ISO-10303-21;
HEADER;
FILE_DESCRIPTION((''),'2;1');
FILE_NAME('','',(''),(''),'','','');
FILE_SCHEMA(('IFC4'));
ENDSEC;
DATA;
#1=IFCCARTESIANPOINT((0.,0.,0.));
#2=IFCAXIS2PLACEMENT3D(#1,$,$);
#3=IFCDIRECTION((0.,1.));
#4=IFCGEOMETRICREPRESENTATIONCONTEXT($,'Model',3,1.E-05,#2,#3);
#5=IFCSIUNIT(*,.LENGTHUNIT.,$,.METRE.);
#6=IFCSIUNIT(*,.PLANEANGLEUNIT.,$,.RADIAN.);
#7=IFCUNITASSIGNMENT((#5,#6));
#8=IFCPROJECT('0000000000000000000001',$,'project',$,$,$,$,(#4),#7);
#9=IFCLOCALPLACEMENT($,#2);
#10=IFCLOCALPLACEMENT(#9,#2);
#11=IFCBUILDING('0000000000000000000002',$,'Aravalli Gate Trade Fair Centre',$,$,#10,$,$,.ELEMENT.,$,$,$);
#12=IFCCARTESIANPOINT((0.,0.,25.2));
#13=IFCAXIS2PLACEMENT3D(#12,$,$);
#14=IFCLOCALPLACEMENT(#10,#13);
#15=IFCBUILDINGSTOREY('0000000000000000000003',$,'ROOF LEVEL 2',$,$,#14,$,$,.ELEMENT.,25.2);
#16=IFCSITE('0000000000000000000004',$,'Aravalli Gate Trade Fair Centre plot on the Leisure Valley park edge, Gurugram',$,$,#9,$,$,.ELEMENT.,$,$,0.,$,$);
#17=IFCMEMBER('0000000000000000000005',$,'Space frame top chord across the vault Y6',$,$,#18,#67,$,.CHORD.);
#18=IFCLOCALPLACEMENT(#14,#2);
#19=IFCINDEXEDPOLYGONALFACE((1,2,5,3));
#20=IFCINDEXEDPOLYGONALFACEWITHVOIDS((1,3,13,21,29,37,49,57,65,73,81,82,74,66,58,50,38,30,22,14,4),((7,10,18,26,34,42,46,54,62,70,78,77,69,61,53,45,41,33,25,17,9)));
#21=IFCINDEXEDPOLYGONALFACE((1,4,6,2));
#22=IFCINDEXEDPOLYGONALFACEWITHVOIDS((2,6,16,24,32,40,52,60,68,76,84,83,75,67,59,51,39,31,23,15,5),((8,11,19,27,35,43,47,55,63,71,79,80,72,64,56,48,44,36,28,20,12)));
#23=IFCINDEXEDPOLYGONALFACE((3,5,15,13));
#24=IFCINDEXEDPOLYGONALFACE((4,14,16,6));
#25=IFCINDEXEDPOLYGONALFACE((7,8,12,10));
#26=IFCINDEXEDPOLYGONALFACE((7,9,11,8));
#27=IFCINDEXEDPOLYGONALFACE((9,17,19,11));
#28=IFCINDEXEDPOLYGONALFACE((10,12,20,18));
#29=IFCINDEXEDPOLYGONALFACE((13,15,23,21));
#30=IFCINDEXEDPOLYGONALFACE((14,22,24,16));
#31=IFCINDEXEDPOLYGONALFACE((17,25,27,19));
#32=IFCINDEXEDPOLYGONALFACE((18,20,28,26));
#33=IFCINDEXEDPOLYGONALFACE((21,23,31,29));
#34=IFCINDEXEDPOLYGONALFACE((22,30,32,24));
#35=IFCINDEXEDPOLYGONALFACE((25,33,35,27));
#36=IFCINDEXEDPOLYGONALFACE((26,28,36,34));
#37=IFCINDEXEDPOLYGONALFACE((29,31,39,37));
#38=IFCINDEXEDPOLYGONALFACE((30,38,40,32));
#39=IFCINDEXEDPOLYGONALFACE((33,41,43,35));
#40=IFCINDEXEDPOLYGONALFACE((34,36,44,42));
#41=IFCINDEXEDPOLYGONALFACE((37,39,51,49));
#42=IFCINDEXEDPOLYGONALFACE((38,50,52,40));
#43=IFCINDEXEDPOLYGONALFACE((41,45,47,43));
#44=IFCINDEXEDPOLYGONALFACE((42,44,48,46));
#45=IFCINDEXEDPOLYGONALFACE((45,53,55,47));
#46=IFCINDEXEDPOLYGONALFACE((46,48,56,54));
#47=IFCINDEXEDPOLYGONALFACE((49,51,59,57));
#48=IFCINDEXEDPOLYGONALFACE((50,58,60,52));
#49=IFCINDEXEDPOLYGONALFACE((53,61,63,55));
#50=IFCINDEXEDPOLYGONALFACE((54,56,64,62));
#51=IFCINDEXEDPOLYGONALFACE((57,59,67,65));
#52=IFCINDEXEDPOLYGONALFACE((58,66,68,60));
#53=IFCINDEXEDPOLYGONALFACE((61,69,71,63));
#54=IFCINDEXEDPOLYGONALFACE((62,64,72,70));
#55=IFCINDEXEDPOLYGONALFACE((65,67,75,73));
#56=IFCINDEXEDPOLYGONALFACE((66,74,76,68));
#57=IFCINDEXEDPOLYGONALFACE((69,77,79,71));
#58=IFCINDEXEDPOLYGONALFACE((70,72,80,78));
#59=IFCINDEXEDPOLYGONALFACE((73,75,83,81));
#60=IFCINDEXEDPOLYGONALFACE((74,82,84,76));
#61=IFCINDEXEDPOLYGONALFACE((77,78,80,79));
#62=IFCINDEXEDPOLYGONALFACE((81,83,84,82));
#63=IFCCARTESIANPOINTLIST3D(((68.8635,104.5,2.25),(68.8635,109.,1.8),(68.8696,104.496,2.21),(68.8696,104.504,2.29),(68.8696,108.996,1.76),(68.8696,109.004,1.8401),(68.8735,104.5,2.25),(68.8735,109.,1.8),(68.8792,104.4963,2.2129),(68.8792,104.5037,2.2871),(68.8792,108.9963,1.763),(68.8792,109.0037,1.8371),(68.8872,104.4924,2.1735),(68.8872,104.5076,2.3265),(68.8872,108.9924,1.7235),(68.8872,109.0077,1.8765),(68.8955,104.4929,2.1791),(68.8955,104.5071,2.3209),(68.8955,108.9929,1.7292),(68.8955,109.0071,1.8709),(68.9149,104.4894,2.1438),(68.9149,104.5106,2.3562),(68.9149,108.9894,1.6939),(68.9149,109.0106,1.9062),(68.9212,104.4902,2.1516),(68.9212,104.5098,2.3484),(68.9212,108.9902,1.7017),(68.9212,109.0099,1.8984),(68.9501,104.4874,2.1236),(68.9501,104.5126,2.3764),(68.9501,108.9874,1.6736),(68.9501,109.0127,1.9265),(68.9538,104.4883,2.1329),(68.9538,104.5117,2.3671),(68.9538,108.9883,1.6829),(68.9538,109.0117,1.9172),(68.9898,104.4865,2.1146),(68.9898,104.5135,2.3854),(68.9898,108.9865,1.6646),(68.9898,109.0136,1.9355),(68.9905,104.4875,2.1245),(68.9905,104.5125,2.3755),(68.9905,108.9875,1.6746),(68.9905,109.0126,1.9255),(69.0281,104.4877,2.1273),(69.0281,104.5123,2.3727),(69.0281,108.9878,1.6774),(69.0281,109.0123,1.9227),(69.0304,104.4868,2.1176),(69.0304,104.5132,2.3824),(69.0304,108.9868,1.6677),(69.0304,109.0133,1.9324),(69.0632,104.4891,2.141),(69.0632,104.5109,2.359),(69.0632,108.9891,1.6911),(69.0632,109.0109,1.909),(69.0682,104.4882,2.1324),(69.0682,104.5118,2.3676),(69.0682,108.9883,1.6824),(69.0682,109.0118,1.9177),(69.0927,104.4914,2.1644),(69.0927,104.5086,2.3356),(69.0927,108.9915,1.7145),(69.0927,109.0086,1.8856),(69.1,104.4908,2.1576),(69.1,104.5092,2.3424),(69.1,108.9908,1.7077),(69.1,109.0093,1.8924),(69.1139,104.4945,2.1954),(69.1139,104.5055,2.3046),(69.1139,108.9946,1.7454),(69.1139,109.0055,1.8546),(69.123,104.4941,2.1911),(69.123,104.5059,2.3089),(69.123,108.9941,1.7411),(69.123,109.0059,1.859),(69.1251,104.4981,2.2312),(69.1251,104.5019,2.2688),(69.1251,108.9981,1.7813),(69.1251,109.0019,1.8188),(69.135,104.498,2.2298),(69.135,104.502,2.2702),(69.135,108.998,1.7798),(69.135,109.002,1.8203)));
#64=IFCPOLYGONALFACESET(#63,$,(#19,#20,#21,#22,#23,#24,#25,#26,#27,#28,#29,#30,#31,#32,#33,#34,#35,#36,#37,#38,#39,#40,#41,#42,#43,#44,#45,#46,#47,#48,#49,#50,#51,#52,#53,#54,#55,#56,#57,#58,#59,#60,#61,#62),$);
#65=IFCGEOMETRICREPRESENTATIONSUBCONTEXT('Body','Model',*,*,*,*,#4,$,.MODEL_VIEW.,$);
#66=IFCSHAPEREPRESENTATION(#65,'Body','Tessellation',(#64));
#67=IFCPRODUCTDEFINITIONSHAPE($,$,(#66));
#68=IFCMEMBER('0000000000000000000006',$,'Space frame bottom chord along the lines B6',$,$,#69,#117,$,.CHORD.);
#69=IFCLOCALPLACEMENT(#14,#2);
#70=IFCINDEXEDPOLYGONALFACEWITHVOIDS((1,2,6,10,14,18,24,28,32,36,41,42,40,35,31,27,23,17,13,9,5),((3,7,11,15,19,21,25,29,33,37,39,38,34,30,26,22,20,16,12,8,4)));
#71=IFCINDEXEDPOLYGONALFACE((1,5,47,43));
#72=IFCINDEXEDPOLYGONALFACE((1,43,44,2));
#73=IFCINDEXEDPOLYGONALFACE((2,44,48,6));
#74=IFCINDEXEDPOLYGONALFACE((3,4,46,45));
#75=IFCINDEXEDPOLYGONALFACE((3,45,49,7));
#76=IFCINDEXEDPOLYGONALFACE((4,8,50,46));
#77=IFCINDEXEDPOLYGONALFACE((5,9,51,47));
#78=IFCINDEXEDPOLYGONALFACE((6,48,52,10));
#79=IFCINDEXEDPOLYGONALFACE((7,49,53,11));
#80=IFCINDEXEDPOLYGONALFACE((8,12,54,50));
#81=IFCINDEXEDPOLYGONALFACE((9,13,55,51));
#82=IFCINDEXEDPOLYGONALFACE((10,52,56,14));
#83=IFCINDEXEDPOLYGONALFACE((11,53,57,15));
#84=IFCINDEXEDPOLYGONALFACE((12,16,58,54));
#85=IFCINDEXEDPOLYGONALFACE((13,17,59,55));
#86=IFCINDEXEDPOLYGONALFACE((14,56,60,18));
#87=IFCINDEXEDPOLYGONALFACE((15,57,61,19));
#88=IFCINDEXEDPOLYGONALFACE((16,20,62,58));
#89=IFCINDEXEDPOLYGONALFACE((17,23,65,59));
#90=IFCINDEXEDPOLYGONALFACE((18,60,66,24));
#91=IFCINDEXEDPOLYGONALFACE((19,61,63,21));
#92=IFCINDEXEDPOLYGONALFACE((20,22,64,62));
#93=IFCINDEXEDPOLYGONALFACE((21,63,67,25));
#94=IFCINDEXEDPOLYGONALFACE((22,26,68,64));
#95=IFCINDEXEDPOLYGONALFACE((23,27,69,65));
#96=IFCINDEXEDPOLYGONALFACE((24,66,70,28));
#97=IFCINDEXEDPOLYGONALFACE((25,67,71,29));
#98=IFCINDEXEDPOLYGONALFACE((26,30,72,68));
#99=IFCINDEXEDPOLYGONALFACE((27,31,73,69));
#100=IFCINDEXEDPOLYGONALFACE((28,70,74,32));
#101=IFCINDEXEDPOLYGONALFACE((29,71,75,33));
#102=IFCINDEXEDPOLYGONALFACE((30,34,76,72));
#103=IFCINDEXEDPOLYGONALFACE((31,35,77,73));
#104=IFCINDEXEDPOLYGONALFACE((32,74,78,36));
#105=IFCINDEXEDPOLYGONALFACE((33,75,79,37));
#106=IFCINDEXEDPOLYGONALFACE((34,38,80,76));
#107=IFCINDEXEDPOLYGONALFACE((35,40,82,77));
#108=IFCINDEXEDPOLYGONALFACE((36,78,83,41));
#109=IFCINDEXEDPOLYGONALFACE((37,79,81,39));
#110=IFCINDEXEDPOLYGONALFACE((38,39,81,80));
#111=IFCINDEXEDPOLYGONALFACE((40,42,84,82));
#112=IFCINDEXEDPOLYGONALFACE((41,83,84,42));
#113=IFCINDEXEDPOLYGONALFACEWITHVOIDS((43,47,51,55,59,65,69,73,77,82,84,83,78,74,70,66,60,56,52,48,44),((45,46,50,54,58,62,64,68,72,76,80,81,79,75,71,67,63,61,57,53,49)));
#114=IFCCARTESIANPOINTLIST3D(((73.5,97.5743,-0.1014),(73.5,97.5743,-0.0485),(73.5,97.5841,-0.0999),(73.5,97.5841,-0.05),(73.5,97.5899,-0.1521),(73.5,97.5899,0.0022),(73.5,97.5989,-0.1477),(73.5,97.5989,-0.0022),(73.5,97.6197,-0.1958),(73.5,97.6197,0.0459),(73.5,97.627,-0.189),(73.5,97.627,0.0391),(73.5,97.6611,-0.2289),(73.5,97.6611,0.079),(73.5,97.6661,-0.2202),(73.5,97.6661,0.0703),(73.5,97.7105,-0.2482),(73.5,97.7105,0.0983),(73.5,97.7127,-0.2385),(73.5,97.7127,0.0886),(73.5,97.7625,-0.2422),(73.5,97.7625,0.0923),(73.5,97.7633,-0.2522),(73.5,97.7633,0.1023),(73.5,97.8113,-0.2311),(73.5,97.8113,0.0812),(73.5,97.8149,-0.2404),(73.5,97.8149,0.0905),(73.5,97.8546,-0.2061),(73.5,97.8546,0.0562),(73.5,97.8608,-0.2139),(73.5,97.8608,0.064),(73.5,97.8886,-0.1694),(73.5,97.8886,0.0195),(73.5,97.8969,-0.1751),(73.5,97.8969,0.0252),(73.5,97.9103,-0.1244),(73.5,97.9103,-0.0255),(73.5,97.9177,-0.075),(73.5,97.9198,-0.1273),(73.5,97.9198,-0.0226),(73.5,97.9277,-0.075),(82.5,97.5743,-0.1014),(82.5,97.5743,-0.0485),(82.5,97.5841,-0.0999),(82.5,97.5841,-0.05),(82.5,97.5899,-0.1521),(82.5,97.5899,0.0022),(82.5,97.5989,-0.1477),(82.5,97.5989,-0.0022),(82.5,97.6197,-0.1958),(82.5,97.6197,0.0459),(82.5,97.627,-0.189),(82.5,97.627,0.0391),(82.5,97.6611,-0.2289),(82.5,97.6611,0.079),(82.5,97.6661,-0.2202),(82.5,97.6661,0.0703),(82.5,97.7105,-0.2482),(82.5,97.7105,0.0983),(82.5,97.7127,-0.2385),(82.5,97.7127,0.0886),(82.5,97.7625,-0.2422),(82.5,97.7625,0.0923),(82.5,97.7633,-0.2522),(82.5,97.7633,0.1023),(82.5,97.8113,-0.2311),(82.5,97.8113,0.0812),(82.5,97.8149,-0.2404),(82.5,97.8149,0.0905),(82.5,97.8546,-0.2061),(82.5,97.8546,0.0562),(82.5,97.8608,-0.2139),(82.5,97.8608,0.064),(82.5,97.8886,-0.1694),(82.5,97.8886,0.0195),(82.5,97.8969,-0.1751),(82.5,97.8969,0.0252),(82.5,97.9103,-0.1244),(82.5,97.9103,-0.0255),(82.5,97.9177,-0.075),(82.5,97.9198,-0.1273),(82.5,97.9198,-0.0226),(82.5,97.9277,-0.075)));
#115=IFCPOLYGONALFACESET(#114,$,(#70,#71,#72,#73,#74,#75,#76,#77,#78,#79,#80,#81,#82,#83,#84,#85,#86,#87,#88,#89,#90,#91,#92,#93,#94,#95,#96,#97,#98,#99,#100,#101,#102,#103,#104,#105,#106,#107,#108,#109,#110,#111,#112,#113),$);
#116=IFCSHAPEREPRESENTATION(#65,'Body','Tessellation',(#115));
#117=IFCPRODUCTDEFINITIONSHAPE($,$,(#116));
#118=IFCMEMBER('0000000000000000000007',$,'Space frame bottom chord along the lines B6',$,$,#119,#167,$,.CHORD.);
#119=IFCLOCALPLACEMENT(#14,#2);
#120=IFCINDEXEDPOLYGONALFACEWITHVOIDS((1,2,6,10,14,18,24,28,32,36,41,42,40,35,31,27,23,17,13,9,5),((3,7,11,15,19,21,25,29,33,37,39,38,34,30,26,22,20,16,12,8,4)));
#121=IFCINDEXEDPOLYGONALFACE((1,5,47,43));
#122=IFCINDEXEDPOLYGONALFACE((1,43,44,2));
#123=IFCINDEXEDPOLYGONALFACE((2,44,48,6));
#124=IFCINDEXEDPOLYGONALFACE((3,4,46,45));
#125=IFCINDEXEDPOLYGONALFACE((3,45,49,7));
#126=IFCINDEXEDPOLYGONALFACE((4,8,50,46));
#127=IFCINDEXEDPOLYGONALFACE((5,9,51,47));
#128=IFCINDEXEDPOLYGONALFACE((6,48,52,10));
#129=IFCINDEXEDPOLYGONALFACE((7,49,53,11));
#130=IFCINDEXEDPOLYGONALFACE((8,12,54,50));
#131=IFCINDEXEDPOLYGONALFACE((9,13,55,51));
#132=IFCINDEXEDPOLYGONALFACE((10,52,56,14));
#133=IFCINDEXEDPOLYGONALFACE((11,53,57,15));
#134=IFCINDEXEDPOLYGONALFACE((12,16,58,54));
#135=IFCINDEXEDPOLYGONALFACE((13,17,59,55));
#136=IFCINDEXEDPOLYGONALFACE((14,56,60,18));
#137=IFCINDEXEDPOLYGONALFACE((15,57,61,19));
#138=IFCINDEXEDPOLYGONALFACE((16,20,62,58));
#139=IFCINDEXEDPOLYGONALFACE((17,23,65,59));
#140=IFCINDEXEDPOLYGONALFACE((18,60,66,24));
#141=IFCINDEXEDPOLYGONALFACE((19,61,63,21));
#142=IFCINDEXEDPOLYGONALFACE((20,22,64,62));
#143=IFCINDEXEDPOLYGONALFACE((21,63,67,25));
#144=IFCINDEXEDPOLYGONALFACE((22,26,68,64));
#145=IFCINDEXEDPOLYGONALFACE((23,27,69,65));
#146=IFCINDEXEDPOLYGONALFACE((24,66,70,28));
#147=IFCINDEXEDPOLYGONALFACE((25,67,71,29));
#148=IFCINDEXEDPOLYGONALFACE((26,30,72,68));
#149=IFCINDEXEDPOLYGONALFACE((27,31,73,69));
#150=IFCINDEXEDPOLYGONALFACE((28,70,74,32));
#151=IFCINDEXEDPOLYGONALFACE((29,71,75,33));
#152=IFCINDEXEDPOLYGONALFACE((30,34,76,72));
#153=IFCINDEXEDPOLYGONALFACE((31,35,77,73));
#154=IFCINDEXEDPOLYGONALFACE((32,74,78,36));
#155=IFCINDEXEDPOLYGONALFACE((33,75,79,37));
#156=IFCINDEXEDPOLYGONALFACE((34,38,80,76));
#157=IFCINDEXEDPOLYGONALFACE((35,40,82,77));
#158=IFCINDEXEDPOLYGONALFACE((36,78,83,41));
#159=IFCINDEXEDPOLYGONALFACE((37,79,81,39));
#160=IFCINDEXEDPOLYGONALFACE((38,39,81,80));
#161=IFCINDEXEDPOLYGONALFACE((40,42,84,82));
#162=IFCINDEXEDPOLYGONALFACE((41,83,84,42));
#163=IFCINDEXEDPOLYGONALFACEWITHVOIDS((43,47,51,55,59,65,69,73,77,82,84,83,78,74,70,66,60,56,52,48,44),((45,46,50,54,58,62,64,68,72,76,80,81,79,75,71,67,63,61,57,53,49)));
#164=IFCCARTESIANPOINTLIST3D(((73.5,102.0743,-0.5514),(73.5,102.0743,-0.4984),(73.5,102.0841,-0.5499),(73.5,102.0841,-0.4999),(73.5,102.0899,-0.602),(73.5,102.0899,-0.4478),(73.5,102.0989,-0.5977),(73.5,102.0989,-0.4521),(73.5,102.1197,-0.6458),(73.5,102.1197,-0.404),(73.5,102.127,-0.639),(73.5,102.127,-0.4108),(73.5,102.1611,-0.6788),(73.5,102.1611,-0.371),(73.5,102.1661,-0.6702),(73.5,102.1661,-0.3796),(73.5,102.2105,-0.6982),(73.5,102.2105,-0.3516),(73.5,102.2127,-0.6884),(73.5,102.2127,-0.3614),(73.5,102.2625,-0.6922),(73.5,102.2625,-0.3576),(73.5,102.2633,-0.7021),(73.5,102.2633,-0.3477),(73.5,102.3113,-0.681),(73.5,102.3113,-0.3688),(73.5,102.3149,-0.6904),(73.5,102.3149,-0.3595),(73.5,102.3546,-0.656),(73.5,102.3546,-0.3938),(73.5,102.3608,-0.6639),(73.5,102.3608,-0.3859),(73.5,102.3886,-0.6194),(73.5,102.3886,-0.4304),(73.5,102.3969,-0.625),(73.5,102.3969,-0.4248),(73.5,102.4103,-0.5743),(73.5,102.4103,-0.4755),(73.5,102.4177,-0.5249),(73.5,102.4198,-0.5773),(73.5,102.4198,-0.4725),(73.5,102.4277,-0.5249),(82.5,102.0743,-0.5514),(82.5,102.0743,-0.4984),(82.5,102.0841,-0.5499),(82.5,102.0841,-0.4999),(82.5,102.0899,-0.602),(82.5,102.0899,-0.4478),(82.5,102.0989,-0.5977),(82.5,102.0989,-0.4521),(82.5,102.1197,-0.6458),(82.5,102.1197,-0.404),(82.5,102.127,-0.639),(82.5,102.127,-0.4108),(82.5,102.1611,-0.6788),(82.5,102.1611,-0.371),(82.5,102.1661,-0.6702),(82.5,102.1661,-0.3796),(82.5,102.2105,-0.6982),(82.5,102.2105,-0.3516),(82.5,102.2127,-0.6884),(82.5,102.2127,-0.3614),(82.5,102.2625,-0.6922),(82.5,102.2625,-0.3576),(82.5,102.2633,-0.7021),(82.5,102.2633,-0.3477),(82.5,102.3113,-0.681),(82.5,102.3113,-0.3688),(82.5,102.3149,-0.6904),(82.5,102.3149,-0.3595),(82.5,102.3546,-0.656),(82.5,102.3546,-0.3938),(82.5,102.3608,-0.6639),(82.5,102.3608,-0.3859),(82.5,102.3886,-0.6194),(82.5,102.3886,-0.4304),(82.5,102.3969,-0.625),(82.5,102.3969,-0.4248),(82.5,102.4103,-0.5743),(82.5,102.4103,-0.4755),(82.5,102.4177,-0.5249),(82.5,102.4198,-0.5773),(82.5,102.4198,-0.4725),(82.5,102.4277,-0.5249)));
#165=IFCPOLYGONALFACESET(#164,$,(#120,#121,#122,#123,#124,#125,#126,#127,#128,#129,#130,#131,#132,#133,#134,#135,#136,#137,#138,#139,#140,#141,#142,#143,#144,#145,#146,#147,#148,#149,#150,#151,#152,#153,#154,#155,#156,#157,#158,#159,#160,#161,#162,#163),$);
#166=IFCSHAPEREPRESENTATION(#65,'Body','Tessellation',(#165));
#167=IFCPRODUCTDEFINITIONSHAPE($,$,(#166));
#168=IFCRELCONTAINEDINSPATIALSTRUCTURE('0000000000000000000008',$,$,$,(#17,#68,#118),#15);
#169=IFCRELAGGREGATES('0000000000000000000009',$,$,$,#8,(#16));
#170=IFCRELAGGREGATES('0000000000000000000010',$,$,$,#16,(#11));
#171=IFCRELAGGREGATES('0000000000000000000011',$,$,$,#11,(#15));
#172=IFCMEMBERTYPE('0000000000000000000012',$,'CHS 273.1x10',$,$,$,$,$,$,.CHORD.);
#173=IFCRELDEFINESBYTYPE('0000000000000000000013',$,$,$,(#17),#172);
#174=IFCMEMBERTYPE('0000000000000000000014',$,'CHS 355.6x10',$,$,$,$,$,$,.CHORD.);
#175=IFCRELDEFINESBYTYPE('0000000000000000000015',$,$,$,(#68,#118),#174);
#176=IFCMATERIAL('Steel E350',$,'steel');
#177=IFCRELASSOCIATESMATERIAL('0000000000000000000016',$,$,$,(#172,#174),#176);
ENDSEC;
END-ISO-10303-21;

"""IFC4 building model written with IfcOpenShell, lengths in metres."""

from ifc_helpers import new_model, si_unit, direction, frame, origin, origin_2d, place, context, subcontext, project, spatial, hollow_circle, extrude, material, material_profile, profile_set, type_object, element, save


model = new_model("IFC4")

# Units and contexts
model_context = context("Model", 3, precision=1e-05, world=origin(), true_north=direction((0.0, 1.0)))
body_context = subcontext(model_context, "Body", "Model", "MODEL_VIEW")
ifc_project = project(units=[si_unit("LENGTHUNIT", "METRE"), si_unit("PLANEANGLEUNIT", "RADIAN")], contexts=[model_context])

# Site, building, storey
site_placement = place(None, origin())
site = spatial("IfcSite", under=ifc_project, at=site_placement, Name="Aravalli Gate Trade Fair Centre plot on the Leisure Valley park edge, Gurugram", CompositionType="ELEMENT", RefElevation=0.0)
building_placement = place(site_placement, origin())
building = spatial("IfcBuilding", under=site, at=building_placement, Name="Aravalli Gate Trade Fair Centre", CompositionType="ELEMENT")
storey_placement = place(building_placement, frame((0.0, 0.0, 25.2)))
storey = spatial("IfcBuildingStorey", under=building, at=storey_placement, Name="ROOF LEVEL 2", CompositionType="ELEMENT", Elevation=25.2)

# Members
ifc_material_1 = material(Name="Steel E350", Category="steel")
ifc_material_profile_1 = material_profile(ifc_material_1, hollow_circle(Radius=0.1365, WallThickness=0.01, at=origin_2d()), Name="CHS 273.1x10")
ifc_profile_set_1 = profile_set([ifc_material_profile_1], Name="Steel E350")
member_type_1 = type_object("IfcMemberType", Name="CHS 273.1x10", PredefinedType="CHORD", material=ifc_profile_set_1)
for number, where, z_axis, x_axis, name in (
    (1, (69.0, 104.5, 2.25), (0.0, 0.995038, -0.099493), (-1.0, 0.0, 0.0), "Space frame top chord across the vault Y6"),
):
    element("IfcMember", number, at=place(storey_placement, frame(where, z_axis=z_axis, x_axis=x_axis)), inside=storey, type_object=member_type_1, Name=name, PredefinedType="CHORD", context=body_context, shape_type="SweptSolid", body=[
        extrude(hollow_circle(Radius=0.1365, WallThickness=0.01, at=origin_2d()), origin(), (0.0, 0.0, 1.0), 4.5225),
    ])
ifc_material_profile_2 = material_profile(ifc_material_1, hollow_circle(Radius=0.1777, WallThickness=0.01, at=origin_2d()), Name="CHS 355.6x10")
ifc_profile_set_2 = profile_set([ifc_material_profile_2], Name="Steel E350")
member_type_2 = type_object("IfcMemberType", Name="CHS 355.6x10", PredefinedType="CHORD", material=ifc_profile_set_2)
for number, where, z_axis, x_axis, name in (
    (2, (73.5, 97.75, -0.075), (1.0, 0.0, 0.0), (0.0, 1.0, 0.0), "Space frame bottom chord along the lines B6"),
    (3, (73.5, 102.25, -0.5249), (1.0, 0.0, 0.0), (0.0, 1.0, 0.0), "Space frame bottom chord along the lines B6"),
):
    element("IfcMember", number, at=place(storey_placement, frame(where, z_axis=z_axis, x_axis=x_axis)), inside=storey, type_object=member_type_2, Name=name, PredefinedType="CHORD", context=body_context, shape_type="SweptSolid", body=[
        extrude(hollow_circle(Radius=0.1777, WallThickness=0.01, at=origin_2d()), origin(), (0.0, 0.0, 1.0), 9.0),
    ])

save(model, "model.ifc")
